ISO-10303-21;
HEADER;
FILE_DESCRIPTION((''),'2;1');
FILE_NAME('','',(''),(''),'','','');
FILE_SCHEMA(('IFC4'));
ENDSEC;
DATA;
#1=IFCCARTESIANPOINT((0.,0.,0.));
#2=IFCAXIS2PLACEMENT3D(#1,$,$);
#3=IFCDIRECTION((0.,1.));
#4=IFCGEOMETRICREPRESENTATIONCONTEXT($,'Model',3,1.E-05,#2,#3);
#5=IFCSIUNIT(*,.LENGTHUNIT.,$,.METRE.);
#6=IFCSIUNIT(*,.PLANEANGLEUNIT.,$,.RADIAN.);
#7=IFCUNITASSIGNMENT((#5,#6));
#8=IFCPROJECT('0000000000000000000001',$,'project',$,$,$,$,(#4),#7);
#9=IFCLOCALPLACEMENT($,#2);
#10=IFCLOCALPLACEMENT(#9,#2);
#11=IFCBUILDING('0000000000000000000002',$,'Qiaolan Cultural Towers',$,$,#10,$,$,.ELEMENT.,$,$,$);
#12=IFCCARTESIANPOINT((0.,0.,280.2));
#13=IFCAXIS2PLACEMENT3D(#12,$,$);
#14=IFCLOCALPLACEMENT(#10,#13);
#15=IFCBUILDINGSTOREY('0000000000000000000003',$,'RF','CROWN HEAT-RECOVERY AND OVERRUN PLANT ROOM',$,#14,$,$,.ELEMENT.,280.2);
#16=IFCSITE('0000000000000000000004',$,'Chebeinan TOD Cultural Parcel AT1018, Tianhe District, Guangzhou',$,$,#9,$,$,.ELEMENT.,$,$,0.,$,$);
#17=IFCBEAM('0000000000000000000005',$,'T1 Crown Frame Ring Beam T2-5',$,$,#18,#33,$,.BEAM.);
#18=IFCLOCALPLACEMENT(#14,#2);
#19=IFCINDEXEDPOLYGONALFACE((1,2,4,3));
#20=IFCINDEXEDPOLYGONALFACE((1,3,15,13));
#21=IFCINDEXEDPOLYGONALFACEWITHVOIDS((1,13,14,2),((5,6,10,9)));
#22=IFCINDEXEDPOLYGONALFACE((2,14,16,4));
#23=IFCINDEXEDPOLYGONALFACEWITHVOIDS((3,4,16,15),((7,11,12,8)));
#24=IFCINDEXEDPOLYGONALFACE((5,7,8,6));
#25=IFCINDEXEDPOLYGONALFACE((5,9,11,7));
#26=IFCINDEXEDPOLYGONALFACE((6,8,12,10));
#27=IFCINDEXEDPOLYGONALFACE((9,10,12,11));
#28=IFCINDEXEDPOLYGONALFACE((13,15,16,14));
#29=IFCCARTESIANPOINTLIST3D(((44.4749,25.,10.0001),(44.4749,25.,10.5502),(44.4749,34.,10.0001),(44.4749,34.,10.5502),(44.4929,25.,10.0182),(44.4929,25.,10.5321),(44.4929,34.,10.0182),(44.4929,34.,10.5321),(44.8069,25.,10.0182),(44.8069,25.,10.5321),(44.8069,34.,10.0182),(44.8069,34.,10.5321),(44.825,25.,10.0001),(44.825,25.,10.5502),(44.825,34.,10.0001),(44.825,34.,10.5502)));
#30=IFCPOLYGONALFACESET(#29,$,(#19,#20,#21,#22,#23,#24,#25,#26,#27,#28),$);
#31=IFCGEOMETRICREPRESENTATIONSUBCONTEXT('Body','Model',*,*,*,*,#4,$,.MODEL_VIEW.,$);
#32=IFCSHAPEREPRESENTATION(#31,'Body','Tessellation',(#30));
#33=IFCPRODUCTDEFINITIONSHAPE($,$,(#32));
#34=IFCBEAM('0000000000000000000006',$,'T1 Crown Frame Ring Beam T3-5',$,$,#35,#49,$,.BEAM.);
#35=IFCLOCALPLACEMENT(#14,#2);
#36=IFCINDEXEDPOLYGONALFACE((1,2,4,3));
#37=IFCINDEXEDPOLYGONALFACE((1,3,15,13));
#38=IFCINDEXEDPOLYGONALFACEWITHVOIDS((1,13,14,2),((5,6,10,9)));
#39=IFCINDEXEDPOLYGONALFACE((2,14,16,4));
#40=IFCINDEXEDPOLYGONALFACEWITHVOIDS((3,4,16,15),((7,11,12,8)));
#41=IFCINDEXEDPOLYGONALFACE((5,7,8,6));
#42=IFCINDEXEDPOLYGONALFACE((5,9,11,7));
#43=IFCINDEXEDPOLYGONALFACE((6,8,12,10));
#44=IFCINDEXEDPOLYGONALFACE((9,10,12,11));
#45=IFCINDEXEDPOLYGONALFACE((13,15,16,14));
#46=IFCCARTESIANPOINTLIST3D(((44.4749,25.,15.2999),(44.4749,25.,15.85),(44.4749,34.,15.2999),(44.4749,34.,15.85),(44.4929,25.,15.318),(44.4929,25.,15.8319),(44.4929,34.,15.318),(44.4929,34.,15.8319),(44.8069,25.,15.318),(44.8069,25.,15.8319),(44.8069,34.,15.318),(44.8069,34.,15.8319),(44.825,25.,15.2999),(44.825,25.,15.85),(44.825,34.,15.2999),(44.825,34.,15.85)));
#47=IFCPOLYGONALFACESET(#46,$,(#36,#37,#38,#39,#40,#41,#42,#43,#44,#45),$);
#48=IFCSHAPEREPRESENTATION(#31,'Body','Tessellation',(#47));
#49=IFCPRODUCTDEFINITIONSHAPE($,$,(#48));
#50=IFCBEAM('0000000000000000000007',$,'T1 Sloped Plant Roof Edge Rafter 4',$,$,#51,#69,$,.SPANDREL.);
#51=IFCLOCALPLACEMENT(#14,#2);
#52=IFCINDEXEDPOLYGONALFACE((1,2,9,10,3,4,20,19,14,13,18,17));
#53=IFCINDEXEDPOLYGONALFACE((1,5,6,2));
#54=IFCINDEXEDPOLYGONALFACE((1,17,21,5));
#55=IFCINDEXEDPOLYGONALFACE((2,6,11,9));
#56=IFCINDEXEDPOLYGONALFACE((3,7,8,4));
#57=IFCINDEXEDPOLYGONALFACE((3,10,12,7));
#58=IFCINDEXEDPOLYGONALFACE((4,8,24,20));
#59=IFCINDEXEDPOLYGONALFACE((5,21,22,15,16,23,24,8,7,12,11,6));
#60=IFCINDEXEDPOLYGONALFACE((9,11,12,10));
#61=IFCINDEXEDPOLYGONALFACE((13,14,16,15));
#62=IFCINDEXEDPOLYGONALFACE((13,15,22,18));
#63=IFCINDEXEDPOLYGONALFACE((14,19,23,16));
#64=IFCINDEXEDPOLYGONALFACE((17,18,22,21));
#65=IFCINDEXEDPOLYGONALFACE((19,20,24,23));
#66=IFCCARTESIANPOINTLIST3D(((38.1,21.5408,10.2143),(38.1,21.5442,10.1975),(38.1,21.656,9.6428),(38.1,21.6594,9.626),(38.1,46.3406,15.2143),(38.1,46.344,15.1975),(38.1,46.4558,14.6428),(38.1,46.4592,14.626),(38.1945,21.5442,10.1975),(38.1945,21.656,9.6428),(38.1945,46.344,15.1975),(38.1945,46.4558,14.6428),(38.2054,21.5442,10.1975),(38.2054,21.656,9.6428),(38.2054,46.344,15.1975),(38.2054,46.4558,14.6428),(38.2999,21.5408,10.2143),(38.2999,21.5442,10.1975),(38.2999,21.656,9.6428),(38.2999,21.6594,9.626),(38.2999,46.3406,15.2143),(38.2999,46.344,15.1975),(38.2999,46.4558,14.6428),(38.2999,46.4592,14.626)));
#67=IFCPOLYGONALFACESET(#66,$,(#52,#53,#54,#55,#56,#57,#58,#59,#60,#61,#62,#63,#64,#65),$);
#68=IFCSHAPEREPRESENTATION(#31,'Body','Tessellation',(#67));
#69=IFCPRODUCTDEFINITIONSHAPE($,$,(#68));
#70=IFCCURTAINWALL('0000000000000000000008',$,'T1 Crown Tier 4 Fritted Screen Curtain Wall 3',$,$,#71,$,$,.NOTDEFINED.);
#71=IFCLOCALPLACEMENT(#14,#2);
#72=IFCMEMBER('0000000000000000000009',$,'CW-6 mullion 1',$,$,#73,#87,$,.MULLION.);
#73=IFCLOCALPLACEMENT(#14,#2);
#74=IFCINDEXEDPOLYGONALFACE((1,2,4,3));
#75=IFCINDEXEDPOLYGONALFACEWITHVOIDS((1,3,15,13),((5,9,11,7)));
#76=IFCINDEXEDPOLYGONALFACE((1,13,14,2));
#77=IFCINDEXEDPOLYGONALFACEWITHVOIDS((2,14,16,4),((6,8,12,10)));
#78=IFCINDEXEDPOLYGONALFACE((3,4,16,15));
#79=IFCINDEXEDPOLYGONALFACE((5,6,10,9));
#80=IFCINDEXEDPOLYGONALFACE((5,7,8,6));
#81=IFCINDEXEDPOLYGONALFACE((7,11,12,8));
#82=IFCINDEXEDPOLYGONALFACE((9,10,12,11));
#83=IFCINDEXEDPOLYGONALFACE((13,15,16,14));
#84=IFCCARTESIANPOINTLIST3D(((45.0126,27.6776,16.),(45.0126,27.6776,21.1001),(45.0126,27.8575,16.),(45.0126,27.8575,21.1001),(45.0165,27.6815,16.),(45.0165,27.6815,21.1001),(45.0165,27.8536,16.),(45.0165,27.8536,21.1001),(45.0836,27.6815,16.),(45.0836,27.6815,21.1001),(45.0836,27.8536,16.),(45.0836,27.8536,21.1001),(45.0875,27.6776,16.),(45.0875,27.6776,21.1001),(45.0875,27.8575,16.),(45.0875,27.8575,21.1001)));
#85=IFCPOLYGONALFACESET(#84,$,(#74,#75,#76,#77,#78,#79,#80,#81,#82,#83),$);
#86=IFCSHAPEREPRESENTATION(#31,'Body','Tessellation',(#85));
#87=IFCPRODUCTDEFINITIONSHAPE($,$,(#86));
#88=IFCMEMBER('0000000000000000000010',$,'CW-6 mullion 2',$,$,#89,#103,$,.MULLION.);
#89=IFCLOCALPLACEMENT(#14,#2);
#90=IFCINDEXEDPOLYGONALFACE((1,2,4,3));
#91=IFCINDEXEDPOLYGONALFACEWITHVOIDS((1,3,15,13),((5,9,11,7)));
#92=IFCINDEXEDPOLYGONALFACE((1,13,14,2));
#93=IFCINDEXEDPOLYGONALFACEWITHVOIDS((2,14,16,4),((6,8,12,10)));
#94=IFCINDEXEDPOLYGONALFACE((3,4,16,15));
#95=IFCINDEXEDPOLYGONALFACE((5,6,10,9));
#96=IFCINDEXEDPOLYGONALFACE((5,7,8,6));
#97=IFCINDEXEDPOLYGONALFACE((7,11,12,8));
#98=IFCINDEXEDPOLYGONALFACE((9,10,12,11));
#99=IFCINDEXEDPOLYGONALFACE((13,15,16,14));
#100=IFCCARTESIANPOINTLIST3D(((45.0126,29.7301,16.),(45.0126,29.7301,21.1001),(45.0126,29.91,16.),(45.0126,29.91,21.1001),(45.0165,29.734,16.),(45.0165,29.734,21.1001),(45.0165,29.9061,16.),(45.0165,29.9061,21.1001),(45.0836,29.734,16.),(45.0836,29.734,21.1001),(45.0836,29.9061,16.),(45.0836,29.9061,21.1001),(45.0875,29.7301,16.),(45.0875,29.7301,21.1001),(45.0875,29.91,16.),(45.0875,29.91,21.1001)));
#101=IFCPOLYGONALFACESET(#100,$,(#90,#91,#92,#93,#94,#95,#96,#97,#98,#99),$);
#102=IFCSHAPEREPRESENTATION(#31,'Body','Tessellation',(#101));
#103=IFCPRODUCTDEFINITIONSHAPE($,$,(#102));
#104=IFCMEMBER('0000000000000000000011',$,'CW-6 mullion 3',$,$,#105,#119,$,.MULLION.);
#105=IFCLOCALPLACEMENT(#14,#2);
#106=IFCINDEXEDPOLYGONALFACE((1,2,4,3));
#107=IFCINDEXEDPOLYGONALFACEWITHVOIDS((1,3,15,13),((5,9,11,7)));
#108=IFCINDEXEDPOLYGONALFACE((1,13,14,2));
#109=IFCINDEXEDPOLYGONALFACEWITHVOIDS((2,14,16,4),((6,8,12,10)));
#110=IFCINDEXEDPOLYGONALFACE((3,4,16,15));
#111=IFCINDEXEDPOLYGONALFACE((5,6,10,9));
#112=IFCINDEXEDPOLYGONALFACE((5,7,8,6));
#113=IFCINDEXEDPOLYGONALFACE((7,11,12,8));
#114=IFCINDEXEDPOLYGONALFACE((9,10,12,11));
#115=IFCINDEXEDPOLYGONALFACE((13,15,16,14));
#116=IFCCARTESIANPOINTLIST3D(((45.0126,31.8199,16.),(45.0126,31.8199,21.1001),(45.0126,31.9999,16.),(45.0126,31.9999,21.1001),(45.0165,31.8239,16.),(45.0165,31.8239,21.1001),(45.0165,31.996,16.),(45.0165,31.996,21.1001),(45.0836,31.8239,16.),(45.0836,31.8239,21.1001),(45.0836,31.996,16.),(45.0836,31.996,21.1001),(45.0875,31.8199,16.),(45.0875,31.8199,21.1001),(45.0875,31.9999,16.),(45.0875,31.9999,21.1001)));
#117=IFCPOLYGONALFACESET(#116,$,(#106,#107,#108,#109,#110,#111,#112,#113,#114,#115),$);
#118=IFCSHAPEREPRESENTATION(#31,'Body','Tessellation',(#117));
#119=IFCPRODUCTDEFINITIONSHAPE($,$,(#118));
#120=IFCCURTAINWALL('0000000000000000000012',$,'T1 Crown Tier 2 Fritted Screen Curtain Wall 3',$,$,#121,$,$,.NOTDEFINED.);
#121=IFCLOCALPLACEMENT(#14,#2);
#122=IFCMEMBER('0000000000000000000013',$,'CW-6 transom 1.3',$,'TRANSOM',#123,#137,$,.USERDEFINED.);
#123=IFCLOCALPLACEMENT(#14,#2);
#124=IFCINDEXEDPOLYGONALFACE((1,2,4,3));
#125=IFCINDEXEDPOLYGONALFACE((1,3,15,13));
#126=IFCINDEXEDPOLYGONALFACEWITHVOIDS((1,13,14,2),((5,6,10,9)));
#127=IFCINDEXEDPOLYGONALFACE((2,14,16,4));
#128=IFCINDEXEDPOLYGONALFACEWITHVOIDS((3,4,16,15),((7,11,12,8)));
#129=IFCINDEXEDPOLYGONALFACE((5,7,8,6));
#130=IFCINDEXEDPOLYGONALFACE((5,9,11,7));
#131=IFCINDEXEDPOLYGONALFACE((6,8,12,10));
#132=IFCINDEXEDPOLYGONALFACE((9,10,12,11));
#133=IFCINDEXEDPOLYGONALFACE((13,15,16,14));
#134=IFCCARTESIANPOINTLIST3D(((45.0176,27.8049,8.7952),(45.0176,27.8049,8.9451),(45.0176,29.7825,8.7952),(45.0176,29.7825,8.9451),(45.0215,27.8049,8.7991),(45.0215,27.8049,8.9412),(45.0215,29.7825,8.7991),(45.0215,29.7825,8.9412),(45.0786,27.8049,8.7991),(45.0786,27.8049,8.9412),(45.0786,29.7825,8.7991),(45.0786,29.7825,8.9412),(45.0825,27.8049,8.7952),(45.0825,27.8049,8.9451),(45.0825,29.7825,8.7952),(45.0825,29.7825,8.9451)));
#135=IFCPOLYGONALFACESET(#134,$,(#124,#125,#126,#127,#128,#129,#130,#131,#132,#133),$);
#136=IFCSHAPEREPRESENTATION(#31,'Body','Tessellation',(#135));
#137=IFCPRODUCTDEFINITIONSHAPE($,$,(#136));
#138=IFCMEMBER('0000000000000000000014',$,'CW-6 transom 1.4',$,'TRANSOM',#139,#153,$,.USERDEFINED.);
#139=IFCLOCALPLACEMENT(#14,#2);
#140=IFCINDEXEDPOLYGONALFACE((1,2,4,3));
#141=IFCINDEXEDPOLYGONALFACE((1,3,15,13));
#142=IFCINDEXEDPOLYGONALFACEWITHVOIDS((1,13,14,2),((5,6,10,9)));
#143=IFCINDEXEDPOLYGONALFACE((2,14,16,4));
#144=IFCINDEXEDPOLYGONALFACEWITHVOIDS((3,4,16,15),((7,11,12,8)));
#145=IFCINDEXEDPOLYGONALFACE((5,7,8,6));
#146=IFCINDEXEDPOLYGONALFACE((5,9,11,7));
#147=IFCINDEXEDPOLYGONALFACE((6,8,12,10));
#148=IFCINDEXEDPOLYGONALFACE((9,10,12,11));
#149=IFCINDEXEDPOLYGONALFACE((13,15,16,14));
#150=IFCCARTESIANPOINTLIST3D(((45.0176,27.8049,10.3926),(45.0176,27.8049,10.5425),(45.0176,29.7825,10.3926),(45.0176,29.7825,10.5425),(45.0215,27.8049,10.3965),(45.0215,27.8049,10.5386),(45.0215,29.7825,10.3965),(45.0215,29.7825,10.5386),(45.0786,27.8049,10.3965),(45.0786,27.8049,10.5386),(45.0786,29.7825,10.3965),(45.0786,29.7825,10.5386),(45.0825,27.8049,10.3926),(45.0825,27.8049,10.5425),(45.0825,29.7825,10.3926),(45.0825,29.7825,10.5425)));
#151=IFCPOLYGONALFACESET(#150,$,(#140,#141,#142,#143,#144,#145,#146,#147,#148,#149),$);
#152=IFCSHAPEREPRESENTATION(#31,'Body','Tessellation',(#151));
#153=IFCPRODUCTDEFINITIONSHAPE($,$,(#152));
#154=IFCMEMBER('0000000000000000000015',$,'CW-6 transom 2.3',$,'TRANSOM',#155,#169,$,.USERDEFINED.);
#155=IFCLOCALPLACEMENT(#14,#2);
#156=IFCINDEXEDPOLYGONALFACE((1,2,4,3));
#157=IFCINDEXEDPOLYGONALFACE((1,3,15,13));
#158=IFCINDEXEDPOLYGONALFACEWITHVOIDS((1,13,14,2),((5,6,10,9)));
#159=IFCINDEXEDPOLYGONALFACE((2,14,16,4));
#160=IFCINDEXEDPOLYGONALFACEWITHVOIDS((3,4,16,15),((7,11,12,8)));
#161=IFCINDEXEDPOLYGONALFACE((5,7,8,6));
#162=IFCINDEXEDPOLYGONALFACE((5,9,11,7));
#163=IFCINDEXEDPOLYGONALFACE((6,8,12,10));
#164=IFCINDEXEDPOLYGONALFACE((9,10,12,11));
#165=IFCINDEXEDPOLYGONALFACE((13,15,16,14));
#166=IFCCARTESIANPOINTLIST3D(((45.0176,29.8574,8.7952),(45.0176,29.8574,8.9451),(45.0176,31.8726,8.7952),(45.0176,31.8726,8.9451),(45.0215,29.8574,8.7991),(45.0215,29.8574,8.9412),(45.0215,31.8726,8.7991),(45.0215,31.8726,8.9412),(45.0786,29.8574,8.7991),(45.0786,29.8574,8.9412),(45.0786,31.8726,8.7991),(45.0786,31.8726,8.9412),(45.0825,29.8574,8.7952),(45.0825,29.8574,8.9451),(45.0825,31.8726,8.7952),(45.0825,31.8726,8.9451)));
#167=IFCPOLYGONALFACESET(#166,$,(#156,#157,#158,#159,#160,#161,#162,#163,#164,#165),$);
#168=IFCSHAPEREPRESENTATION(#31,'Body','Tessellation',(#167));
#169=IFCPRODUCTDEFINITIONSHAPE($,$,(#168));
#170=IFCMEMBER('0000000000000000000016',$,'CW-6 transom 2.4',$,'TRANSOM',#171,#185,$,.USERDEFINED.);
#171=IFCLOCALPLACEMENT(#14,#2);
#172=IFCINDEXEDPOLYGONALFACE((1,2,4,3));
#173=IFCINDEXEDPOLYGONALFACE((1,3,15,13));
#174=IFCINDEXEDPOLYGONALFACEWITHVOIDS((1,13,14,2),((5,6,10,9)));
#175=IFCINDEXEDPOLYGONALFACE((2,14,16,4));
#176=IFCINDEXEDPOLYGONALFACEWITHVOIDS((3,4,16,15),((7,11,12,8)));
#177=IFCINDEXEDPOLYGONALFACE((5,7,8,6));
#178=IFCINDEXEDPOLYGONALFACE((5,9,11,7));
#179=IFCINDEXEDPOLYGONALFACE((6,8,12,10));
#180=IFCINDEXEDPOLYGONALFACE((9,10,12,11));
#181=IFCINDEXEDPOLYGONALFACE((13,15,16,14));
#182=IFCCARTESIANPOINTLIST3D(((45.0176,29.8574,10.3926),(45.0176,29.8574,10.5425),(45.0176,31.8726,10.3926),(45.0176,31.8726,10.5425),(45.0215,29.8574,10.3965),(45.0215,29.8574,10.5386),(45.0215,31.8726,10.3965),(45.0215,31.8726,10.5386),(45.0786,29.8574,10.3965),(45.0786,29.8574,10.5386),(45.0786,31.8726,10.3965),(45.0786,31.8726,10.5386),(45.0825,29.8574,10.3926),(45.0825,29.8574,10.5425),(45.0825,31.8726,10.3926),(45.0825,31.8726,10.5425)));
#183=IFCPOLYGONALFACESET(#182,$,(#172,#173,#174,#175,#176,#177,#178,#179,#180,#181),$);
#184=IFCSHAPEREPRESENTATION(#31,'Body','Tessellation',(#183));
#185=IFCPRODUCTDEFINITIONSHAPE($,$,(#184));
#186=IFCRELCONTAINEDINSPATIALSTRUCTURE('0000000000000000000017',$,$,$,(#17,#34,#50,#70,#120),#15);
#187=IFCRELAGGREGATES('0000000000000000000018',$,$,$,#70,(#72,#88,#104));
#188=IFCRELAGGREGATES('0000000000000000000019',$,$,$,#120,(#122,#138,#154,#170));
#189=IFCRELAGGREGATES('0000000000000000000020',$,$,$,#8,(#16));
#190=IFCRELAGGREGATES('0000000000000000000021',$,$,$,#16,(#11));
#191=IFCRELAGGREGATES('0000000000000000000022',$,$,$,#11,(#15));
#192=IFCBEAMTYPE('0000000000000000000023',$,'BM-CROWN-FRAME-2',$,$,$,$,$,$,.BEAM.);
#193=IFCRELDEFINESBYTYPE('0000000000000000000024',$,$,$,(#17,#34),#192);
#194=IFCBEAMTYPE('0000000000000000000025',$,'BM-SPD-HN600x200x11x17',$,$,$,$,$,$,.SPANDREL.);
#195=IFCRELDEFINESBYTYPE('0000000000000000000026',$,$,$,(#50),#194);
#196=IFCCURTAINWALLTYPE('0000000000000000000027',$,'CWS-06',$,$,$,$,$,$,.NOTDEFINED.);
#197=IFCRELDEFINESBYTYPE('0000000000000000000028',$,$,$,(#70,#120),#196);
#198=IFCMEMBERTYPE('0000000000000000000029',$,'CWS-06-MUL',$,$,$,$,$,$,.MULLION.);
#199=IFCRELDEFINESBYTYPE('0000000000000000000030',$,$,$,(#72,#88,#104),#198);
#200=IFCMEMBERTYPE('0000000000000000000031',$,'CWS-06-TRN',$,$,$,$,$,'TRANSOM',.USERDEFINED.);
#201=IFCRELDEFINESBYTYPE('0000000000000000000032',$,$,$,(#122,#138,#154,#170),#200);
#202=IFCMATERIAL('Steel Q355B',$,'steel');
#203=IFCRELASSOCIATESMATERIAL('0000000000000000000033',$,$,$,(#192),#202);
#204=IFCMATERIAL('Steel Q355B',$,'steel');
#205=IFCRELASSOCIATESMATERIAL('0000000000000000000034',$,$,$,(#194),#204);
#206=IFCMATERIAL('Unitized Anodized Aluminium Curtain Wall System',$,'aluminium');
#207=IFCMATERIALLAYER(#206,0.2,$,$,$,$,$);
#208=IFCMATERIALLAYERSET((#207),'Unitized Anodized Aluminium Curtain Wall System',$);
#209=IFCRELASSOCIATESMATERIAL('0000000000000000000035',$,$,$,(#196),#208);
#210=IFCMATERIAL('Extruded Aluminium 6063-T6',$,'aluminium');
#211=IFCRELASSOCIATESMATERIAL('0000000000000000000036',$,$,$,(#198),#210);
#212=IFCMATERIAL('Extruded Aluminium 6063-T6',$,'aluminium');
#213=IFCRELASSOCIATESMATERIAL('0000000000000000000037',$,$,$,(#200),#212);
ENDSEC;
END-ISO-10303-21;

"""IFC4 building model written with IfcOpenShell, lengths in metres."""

from ifc_helpers import new_model, si_unit, direction, frame, origin, origin_2d, place, context, subcontext, project, spatial, hollow_rectangle, i_section, extrude, material, layer, layer_set, material_profile, profile_set, type_object, element, aggregate, save


model = new_model("IFC4")

# Units and contexts
model_context = context("Model", 3, precision=1e-05, world=origin(), true_north=direction((0.0, 1.0)))
body_context = subcontext(model_context, "Body", "Model", "MODEL_VIEW")
ifc_project = project(units=[si_unit("LENGTHUNIT", "METRE"), si_unit("PLANEANGLEUNIT", "RADIAN")], contexts=[model_context])

# Site, building, storey
site_placement = place(None, origin())
site = spatial("IfcSite", under=ifc_project, at=site_placement, Name="Chebeinan TOD Cultural Parcel AT1018, Tianhe District, Guangzhou", CompositionType="ELEMENT", RefElevation=0.0)
building_placement = place(site_placement, origin())
building = spatial("IfcBuilding", under=site, at=building_placement, Name="Qiaolan Cultural Towers", CompositionType="ELEMENT")
storey_placement = place(building_placement, frame((0.0, 0.0, 280.2)))
storey = spatial("IfcBuildingStorey", under=building, at=storey_placement, Name="RF", Description="CROWN HEAT-RECOVERY AND OVERRUN PLANT ROOM", CompositionType="ELEMENT", Elevation=280.2)

# Beams
ifc_material_1 = material(Name="Steel Q355B", Category="steel")
ifc_material_profile_1 = material_profile(ifc_material_1, hollow_rectangle(XDim=0.3501, YDim=0.55, WallThickness=0.0181, at=origin_2d()), Name="BOX550x350x18")
ifc_profile_set_1 = profile_set([ifc_material_profile_1], Name="Steel Q355B")
beam_type_1 = type_object("IfcBeamType", Name="BM-CROWN-FRAME-2", PredefinedType="BEAM", material=ifc_profile_set_1)
for number, where, z_axis, x_axis, name in (
    (1, (44.6499, 25.0, 10.2751), (0.0, 1.0, 0.0), (-1.0, 0.0, 0.0), "T1 Crown Frame Ring Beam T2-5"),
    (2, (44.6499, 25.0, 15.575), (0.0, 1.0, 0.0), (-1.0, 0.0, 0.0), "T1 Crown Frame Ring Beam T3-5"),
):
    element("IfcBeam", number, at=place(storey_placement, frame(where, z_axis=z_axis, x_axis=x_axis)), inside=storey, type_object=beam_type_1, Name=name, PredefinedType="BEAM", context=body_context, shape_type="SweptSolid", body=[
        extrude(hollow_rectangle(XDim=0.3501, YDim=0.55, WallThickness=0.0181, at=origin_2d()), origin(), (0.0, 0.0, 1.0), 9.0),
    ])
ifc_material_2 = material(Name="Steel Q355B", Category="steel")
ifc_material_profile_2 = material_profile(ifc_material_2, i_section(OverallWidth=0.2, OverallDepth=0.6001, WebThickness=0.011, FlangeThickness=0.0171, at=origin_2d()), Name="HN600x200x11x17")
ifc_profile_set_2 = profile_set([ifc_material_profile_2], Name="Steel Q355B")
beam_type_2 = type_object("IfcBeamType", Name="BM-SPD-HN600x200x11x17", PredefinedType="SPANDREL", material=ifc_profile_set_2)
beam_placement = place(storey_placement, frame((38.2, 21.6001, 9.9202), z_axis=(0.0, 0.980275, 0.197638), x_axis=(-1.0, 0.0, 0.0)))
element("IfcBeam", 3, at=beam_placement, inside=storey, type_object=beam_type_2, Name="T1 Sloped Plant Roof Edge Rafter 4", PredefinedType="SPANDREL", context=body_context, shape_type="SweptSolid", body=[
    extrude(i_section(OverallWidth=0.2, OverallDepth=0.6001, WebThickness=0.011, FlangeThickness=0.0171, at=origin_2d()), origin(), (0.0, 0.0, 1.0), 25.2988),
])

# Curtain walls, members
ifc_material_3 = material(Name="Unitized Anodized Aluminium Curtain Wall System", Category="aluminium")
ifc_layer_1 = layer(ifc_material_3, 0.2)
ifc_layer_set_1 = layer_set([ifc_layer_1], Name="Unitized Anodized Aluminium Curtain Wall System")
curtain_wall_type = type_object("IfcCurtainWallType", Name="CWS-06", PredefinedType="NOTDEFINED", material=ifc_layer_set_1)
curtain_wall_1_placement = place(storey_placement, origin())
curtain_wall_1 = element("IfcCurtainWall", 4, at=curtain_wall_1_placement, inside=storey, type_object=curtain_wall_type, Name="T1 Crown Tier 4 Fritted Screen Curtain Wall 3", PredefinedType="NOTDEFINED")
ifc_material_4 = material(Name="Extruded Aluminium 6063-T6", Category="aluminium")
ifc_material_profile_3 = material_profile(ifc_material_4, hollow_rectangle(XDim=0.075, YDim=0.1799, WallThickness=0.0039, at=origin_2d()), Name="CWM-180x75x4")
ifc_profile_set_3 = profile_set([ifc_material_profile_3], Name="Extruded Aluminium 6063-T6")
member_type_1 = type_object("IfcMemberType", Name="CWS-06-MUL", PredefinedType="MULLION", material=ifc_profile_set_3)
member_1_placement = place(storey_placement, frame((45.05, 27.7676, 16.0), z_axis=(0.0, 0.0, 1.0), x_axis=(-1.0, 0.0, 0.0)))
member_1 = element("IfcMember", 5, at=member_1_placement, type_object=member_type_1, Name="CW-6 mullion 1", PredefinedType="MULLION", context=body_context, shape_type="SweptSolid", body=[
    extrude(hollow_rectangle(XDim=0.075, YDim=0.1799, WallThickness=0.0039, at=origin_2d()), origin(), (0.0, 0.0, 1.0), 5.1001),
])
member_2_placement = place(storey_placement, frame((45.05, 29.8201, 16.0), z_axis=(0.0, 0.0, 1.0), x_axis=(-1.0, 0.0, 0.0)))
member_2 = element("IfcMember", 6, at=member_2_placement, type_object=member_type_1, Name="CW-6 mullion 2", PredefinedType="MULLION", context=body_context, shape_type="SweptSolid", body=[
    extrude(hollow_rectangle(XDim=0.075, YDim=0.1799, WallThickness=0.0039, at=origin_2d()), origin(), (0.0, 0.0, 1.0), 5.1001),
])
member_3_placement = place(storey_placement, frame((45.05, 31.9099, 16.0), z_axis=(0.0, 0.0, 1.0), x_axis=(-1.0, 0.0, 0.0)))
member_3 = element("IfcMember", 7, at=member_3_placement, type_object=member_type_1, Name="CW-6 mullion 3", PredefinedType="MULLION", context=body_context, shape_type="SweptSolid", body=[
    extrude(hollow_rectangle(XDim=0.075, YDim=0.1799, WallThickness=0.0039, at=origin_2d()), origin(), (0.0, 0.0, 1.0), 5.1001),
])
curtain_wall_2_placement = place(storey_placement, origin())
curtain_wall_2 = element("IfcCurtainWall", 8, at=curtain_wall_2_placement, inside=storey, type_object=curtain_wall_type, Name="T1 Crown Tier 2 Fritted Screen Curtain Wall 3", PredefinedType="NOTDEFINED")
ifc_material_5 = material(Name="Extruded Aluminium 6063-T6", Category="aluminium")
ifc_material_profile_4 = material_profile(ifc_material_5, hollow_rectangle(XDim=0.0649, YDim=0.1499, WallThickness=0.0039, at=origin_2d()), Name="CWT-150x65x4")
ifc_profile_set_4 = profile_set([ifc_material_profile_4], Name="Extruded Aluminium 6063-T6")
member_type_2 = type_object("IfcMemberType", Name="CWS-06-TRN", ElementType="TRANSOM", PredefinedType="USERDEFINED", material=ifc_profile_set_4)
member_4_placement = place(storey_placement, frame((45.05, 27.8049, 8.8701), z_axis=(0.0, 1.0, 0.0), x_axis=(-1.0, 0.0, 0.0)))
member_4 = element("IfcMember", 9, at=member_4_placement, type_object=member_type_2, Name="CW-6 transom 1.3", ObjectType="TRANSOM", PredefinedType="USERDEFINED", context=body_context, shape_type="SweptSolid", body=[
    extrude(hollow_rectangle(XDim=0.0649, YDim=0.1499, WallThickness=0.0039, at=origin_2d()), origin(), (0.0, 0.0, 1.0), 1.9775),
])
member_5_placement = place(storey_placement, frame((45.05, 27.8049, 10.4675), z_axis=(0.0, 1.0, 0.0), x_axis=(-1.0, 0.0, 0.0)))
member_5 = element("IfcMember", 10, at=member_5_placement, type_object=member_type_2, Name="CW-6 transom 1.4", ObjectType="TRANSOM", PredefinedType="USERDEFINED", context=body_context, shape_type="SweptSolid", body=[
    extrude(hollow_rectangle(XDim=0.0649, YDim=0.1499, WallThickness=0.0039, at=origin_2d()), origin(), (0.0, 0.0, 1.0), 1.9775),
])
member_6_placement = place(storey_placement, frame((45.05, 29.8574, 8.8701), z_axis=(0.0, 1.0, 0.0), x_axis=(-1.0, 0.0, 0.0)))
member_6 = element("IfcMember", 11, at=member_6_placement, type_object=member_type_2, Name="CW-6 transom 2.3", ObjectType="TRANSOM", PredefinedType="USERDEFINED", context=body_context, shape_type="SweptSolid", body=[
    extrude(hollow_rectangle(XDim=0.0649, YDim=0.1499, WallThickness=0.0039, at=origin_2d()), origin(), (0.0, 0.0, 1.0), 2.0151),
])
member_7_placement = place(storey_placement, frame((45.05, 29.8574, 10.4675), z_axis=(0.0, 1.0, 0.0), x_axis=(-1.0, 0.0, 0.0)))
member_7 = element("IfcMember", 12, at=member_7_placement, type_object=member_type_2, Name="CW-6 transom 2.4", ObjectType="TRANSOM", PredefinedType="USERDEFINED", context=body_context, shape_type="SweptSolid", body=[
    extrude(hollow_rectangle(XDim=0.0649, YDim=0.1499, WallThickness=0.0039, at=origin_2d()), origin(), (0.0, 0.0, 1.0), 2.0151),
])

aggregate(curtain_wall_1, [member_1, member_2, member_3])

aggregate(curtain_wall_2, [member_4, member_5, member_6, member_7])

save(model, "model.ifc")
